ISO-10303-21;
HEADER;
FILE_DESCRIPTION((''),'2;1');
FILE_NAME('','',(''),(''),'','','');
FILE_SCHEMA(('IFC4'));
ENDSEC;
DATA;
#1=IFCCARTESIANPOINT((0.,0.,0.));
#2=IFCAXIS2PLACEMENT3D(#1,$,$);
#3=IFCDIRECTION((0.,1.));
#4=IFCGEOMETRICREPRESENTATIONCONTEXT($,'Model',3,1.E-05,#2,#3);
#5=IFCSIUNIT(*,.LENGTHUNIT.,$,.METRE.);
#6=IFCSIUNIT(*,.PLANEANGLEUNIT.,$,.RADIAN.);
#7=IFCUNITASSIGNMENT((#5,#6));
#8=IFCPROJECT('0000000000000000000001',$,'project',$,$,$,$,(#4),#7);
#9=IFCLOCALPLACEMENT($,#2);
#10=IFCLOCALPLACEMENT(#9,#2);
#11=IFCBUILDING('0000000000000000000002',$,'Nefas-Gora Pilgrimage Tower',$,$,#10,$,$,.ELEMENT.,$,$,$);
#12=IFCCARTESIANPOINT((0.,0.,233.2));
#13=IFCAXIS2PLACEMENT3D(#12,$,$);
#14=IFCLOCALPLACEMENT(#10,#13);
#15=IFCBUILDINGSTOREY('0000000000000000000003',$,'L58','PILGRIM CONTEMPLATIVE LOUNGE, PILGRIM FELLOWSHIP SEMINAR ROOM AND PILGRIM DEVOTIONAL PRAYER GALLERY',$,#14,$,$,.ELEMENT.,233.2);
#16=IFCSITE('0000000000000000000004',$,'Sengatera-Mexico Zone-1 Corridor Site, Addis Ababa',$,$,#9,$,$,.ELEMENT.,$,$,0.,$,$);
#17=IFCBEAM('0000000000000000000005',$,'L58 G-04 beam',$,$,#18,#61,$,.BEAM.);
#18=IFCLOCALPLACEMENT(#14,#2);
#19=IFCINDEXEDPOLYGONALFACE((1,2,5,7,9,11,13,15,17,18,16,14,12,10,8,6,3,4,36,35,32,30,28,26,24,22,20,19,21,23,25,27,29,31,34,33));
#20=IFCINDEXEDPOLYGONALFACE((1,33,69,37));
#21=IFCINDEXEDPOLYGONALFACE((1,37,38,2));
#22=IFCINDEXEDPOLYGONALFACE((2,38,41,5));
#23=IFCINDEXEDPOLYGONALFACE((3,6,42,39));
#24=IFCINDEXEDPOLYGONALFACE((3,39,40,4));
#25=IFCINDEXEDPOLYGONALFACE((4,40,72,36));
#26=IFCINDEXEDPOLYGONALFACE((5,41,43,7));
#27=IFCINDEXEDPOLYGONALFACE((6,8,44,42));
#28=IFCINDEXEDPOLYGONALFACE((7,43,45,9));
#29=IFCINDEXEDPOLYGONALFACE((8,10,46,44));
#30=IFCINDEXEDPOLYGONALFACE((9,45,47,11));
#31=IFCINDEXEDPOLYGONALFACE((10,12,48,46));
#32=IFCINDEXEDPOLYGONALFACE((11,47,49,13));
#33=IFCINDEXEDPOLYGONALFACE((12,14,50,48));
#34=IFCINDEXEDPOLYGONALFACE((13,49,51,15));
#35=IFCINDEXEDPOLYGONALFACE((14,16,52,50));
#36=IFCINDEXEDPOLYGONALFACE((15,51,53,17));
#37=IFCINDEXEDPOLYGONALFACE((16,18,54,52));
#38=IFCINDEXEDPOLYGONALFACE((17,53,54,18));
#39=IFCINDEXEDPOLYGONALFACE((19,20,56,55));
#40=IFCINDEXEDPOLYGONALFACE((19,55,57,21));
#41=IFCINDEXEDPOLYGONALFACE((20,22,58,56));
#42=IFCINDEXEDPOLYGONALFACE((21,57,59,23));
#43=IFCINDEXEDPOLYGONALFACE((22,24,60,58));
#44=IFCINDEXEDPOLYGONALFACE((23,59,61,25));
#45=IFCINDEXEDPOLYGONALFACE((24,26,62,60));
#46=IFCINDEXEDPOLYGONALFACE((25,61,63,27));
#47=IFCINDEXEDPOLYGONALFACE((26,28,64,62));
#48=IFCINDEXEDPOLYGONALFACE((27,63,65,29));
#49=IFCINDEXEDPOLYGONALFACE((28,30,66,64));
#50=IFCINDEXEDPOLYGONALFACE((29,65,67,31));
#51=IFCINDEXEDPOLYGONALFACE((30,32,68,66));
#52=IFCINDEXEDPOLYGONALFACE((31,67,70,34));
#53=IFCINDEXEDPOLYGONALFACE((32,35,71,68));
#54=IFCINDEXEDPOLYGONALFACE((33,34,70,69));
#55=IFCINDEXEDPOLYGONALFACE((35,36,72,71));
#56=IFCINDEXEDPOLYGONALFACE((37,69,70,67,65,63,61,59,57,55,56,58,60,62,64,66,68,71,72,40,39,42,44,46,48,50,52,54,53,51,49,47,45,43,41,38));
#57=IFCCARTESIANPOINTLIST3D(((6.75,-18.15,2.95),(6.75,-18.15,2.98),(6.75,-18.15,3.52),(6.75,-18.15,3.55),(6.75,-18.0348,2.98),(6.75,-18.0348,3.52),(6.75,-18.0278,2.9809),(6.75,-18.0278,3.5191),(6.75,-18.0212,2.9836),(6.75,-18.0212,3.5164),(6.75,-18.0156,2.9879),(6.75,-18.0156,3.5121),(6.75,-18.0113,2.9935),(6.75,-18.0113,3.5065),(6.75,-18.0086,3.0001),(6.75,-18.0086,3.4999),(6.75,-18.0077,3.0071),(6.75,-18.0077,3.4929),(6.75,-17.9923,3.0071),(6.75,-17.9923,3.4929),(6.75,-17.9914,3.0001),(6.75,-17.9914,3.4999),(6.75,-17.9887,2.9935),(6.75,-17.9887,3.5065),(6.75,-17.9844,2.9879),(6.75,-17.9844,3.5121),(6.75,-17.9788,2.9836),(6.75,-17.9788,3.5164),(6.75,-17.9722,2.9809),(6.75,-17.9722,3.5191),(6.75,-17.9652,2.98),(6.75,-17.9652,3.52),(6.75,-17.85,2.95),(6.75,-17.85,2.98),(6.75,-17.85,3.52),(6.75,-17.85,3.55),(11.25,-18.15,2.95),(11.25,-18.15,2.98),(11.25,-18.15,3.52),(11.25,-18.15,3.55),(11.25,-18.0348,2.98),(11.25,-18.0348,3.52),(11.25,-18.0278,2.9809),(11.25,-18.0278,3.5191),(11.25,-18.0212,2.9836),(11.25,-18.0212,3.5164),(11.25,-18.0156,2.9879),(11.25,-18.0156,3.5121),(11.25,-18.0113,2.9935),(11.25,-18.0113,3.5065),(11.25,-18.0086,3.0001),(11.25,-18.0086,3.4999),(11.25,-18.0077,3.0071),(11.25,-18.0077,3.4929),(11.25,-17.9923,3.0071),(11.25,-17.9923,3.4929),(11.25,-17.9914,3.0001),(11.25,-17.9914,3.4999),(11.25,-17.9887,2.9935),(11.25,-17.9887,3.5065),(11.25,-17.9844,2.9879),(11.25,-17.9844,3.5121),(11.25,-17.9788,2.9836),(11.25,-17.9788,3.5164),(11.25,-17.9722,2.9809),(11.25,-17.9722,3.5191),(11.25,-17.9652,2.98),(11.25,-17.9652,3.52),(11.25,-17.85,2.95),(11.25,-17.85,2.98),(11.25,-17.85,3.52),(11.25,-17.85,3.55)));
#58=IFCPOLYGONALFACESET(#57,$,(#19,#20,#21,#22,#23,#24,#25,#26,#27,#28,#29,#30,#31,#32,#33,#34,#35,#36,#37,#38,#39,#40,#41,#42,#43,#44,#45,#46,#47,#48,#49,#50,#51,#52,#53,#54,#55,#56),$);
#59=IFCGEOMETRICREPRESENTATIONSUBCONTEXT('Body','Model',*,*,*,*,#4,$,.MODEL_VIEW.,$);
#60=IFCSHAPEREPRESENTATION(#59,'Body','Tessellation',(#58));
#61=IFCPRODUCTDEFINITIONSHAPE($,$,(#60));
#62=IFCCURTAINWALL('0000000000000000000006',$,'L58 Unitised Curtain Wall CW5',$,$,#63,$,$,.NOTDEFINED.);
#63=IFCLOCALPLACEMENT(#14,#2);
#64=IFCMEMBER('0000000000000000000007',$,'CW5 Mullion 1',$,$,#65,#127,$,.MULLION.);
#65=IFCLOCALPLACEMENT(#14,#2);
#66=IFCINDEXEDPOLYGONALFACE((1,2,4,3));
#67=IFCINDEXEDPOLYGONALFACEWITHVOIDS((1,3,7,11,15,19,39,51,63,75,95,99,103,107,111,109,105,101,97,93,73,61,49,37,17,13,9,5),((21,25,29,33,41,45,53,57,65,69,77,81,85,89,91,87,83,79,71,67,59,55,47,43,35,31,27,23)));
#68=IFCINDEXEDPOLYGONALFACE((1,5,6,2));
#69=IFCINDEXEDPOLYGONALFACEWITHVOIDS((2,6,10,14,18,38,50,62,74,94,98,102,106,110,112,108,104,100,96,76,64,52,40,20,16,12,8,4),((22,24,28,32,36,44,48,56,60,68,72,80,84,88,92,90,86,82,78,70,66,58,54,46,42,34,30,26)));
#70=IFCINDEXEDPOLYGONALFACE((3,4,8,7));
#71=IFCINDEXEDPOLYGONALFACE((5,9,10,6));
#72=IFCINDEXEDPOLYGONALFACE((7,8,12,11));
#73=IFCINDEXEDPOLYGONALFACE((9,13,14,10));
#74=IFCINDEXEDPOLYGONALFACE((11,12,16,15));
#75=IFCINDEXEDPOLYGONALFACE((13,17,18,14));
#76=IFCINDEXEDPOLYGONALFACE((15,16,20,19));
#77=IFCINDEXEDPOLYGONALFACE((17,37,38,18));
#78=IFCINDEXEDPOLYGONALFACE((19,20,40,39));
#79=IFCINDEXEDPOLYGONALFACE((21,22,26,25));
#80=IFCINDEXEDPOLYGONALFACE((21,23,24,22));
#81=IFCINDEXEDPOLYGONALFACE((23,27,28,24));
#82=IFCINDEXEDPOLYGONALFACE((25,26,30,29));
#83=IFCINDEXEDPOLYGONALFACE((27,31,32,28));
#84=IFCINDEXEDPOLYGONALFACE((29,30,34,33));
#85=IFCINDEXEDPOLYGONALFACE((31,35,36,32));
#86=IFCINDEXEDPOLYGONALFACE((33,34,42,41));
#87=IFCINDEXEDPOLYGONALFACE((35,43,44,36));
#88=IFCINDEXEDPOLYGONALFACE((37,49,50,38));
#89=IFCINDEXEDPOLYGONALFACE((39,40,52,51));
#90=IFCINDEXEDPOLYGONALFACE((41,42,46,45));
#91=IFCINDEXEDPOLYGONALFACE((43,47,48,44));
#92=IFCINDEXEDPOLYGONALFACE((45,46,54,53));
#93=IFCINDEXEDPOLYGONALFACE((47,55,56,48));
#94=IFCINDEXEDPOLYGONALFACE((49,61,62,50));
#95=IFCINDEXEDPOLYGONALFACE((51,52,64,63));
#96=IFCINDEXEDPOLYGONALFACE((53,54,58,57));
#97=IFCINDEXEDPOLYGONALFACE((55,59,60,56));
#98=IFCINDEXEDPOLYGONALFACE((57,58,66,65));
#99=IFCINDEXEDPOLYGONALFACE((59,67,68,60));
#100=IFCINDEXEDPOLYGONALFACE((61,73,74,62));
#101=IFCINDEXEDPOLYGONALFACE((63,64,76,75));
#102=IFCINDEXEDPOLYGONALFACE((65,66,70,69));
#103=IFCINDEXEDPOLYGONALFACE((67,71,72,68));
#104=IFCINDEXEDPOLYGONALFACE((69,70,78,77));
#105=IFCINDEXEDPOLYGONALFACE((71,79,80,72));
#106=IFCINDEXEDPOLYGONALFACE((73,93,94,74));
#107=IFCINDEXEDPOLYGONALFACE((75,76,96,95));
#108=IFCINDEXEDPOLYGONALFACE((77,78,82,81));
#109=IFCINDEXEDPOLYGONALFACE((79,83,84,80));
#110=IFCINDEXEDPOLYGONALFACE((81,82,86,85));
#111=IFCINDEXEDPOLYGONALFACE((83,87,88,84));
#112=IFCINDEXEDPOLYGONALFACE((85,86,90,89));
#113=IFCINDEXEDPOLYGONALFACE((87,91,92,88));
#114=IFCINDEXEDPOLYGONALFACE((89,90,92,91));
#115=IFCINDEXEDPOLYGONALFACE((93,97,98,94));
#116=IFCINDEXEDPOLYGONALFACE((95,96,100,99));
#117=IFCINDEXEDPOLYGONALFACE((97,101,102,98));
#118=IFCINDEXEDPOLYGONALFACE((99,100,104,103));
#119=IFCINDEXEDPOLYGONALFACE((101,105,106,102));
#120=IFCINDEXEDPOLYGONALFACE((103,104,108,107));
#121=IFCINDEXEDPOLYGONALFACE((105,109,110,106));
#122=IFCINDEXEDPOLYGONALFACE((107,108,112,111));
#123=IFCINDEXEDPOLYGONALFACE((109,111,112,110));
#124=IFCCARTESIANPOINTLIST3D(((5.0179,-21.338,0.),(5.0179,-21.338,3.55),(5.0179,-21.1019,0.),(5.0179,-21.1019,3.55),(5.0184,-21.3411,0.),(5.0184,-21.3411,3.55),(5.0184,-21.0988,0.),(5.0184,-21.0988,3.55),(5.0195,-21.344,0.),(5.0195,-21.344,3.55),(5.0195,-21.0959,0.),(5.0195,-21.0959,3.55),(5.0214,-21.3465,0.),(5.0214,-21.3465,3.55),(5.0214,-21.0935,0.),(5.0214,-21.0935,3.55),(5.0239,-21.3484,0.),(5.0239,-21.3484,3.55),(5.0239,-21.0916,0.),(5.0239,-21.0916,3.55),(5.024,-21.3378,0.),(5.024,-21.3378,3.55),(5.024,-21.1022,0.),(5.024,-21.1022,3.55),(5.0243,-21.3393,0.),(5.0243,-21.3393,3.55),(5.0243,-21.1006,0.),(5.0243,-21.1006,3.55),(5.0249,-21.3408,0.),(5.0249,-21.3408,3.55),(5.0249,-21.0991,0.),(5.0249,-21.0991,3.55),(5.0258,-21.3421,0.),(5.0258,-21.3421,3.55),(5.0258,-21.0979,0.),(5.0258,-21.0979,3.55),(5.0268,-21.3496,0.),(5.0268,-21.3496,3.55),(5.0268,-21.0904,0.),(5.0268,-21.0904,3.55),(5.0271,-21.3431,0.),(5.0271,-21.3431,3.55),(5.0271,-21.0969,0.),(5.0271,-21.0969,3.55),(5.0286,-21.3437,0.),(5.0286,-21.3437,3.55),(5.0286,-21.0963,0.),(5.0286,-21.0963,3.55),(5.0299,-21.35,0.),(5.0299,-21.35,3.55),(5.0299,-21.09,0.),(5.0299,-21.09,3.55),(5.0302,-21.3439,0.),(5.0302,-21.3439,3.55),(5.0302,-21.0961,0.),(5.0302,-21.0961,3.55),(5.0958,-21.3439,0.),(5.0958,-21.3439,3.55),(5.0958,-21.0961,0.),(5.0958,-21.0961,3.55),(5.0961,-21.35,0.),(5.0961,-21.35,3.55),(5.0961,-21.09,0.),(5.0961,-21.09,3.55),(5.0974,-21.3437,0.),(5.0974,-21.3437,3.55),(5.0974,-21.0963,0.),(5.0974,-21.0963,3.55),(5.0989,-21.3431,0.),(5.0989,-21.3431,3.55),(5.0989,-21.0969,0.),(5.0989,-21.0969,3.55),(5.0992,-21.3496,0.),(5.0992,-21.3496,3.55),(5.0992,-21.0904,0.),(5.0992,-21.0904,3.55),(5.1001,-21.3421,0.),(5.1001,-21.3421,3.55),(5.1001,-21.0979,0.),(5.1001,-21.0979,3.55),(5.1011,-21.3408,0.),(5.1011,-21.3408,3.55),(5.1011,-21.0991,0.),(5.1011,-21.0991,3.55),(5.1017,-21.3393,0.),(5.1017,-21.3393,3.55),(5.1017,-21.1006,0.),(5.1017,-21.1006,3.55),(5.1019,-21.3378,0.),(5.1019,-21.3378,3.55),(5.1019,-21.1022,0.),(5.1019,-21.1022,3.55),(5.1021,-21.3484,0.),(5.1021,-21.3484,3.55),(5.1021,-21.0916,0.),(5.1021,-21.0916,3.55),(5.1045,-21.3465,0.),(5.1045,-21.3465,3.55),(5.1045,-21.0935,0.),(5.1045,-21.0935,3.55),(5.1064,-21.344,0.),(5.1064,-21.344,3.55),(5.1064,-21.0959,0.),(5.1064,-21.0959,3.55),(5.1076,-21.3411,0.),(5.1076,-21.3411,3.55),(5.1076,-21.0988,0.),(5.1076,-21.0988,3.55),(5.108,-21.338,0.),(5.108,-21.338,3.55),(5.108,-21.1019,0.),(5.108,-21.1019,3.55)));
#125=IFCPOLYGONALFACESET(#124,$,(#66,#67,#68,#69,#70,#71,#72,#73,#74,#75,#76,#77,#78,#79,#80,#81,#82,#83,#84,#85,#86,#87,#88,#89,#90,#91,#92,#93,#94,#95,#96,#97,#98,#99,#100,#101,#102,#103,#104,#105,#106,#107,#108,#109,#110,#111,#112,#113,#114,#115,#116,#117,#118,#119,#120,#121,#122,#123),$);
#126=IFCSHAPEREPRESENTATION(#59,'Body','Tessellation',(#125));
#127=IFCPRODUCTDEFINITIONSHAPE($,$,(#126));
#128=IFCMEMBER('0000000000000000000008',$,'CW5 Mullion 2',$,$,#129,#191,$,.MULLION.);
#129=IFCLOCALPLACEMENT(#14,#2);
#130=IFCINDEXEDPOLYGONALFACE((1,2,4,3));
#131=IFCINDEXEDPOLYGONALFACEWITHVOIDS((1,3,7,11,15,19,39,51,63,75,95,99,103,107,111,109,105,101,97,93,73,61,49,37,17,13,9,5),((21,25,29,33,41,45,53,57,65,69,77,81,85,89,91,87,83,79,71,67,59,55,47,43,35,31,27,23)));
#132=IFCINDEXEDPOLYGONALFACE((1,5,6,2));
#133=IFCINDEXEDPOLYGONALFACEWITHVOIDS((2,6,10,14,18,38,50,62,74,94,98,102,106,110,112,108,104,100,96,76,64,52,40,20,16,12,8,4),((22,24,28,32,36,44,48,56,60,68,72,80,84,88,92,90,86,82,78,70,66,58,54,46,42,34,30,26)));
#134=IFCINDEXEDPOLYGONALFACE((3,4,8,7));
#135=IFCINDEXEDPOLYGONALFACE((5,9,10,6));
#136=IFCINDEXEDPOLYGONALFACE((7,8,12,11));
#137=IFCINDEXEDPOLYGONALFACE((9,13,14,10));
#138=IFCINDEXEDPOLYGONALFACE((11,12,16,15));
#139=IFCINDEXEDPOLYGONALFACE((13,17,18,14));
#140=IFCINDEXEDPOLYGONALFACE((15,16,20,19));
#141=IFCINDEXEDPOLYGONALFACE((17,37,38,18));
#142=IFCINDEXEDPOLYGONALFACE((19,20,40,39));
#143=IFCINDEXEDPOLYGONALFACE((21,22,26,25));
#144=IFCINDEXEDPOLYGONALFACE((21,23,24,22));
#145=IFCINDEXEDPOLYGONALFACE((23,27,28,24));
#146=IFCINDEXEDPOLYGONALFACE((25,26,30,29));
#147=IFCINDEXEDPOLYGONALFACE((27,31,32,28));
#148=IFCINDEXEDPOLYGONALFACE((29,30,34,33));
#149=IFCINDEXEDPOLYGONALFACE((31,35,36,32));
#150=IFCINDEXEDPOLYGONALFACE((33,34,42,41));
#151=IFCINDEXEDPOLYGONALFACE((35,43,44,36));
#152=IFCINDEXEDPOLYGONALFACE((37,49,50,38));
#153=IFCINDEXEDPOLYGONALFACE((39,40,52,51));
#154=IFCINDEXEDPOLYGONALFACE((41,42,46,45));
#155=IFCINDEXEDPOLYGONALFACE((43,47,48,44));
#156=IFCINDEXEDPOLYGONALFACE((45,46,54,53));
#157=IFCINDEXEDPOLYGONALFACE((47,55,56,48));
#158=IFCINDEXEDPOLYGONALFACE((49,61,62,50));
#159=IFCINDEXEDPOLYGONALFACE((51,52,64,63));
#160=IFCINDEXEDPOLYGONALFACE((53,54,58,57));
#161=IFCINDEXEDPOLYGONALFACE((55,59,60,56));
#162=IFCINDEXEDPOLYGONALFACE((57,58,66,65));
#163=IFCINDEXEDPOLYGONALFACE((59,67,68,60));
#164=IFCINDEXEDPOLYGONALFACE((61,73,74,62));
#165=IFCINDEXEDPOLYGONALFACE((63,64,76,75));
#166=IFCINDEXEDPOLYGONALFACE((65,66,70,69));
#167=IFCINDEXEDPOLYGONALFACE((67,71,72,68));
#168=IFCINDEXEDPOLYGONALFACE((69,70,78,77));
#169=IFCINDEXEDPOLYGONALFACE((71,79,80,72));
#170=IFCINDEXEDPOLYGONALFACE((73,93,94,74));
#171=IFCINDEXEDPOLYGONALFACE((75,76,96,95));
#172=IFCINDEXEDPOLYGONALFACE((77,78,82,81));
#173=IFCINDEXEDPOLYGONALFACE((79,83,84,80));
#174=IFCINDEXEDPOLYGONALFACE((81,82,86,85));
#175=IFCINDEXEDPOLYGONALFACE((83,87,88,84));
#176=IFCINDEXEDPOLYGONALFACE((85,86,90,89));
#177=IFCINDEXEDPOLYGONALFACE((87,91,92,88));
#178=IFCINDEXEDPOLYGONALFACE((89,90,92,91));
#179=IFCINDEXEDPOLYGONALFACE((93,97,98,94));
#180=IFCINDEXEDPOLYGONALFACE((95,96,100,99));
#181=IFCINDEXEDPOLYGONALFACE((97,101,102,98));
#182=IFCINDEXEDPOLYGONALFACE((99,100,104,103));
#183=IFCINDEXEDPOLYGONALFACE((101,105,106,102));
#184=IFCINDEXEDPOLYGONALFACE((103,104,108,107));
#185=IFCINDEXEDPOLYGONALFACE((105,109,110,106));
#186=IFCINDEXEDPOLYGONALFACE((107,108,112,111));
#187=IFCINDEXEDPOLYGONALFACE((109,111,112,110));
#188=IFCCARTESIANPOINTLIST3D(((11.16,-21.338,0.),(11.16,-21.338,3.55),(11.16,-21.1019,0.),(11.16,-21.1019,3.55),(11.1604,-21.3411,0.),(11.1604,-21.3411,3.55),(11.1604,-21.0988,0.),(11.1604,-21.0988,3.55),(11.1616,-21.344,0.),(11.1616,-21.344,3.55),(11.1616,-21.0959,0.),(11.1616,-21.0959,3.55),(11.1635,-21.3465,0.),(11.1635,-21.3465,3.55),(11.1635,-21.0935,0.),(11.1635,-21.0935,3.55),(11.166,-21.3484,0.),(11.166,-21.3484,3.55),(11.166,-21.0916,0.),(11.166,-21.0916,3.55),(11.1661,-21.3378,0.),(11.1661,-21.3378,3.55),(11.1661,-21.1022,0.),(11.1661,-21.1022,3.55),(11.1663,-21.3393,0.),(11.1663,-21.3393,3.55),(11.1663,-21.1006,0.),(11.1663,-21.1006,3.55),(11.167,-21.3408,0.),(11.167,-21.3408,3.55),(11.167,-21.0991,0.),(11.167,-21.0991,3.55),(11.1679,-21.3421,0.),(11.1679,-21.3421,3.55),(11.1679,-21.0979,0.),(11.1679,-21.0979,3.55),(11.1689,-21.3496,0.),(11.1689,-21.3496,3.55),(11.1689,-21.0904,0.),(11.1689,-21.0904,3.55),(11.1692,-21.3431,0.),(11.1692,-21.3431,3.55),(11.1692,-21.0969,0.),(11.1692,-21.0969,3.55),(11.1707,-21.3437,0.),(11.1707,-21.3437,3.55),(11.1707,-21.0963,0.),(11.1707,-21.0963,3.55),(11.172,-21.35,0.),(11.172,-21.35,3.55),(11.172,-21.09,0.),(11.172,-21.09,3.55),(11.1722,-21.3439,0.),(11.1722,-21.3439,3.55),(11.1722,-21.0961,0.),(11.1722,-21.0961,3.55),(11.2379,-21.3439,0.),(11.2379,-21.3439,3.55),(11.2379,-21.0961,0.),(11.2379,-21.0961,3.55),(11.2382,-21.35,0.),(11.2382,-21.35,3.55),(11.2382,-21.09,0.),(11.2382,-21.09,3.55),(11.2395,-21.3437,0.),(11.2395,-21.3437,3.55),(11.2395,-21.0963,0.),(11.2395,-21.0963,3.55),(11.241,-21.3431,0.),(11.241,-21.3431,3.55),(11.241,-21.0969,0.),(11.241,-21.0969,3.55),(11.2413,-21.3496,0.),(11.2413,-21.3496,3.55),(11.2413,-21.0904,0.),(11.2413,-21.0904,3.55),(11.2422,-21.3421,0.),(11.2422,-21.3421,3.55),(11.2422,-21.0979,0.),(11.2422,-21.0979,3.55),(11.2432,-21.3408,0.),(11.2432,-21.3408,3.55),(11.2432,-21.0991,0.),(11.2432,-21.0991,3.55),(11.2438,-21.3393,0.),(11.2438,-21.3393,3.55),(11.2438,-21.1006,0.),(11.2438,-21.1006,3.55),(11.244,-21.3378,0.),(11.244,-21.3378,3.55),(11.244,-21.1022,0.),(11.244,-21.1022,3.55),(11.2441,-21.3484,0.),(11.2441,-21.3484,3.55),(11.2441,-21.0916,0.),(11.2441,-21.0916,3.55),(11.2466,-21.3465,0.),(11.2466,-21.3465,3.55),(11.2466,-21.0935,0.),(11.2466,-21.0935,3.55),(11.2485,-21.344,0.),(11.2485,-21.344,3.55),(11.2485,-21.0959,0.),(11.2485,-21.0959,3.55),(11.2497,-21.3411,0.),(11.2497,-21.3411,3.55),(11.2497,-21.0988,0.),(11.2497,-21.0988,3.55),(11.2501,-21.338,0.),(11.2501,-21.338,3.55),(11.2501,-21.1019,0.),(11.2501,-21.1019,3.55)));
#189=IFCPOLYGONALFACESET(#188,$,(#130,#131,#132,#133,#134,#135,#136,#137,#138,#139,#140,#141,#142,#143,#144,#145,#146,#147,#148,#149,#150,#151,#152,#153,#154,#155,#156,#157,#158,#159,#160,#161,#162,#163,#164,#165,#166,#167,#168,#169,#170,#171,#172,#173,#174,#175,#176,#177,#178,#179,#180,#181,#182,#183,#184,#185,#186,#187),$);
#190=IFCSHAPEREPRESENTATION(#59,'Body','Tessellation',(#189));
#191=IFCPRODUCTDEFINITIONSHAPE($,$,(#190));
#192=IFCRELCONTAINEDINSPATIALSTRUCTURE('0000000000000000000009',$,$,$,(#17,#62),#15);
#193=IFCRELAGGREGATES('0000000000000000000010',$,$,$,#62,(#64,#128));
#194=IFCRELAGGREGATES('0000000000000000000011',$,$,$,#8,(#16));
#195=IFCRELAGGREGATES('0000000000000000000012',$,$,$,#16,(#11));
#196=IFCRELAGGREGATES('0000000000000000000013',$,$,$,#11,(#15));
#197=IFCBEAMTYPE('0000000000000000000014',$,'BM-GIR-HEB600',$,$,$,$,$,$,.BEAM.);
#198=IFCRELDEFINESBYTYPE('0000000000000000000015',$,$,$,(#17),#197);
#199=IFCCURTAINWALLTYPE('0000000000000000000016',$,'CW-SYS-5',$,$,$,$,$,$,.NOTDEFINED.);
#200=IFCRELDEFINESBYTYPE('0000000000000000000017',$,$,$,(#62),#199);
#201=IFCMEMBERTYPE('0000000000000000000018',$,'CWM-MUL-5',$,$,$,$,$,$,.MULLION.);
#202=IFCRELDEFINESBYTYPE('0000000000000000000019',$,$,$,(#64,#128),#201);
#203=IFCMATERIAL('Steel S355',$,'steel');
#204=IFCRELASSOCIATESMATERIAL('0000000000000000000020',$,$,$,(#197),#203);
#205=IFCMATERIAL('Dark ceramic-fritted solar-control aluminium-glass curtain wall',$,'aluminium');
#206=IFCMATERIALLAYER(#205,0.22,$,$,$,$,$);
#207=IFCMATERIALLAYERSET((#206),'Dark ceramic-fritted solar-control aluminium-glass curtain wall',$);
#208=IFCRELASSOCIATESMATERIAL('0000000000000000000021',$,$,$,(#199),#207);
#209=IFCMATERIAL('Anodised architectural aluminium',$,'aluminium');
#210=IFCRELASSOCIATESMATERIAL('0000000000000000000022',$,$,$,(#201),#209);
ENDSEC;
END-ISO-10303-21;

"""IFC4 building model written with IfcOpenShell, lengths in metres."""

from ifc_helpers import new_model, si_unit, direction, frame, origin, origin_2d, place, context, subcontext, project, spatial, hollow_rectangle, i_section, extrude, source, transform, mapped, material, layer, layer_set, material_profile, profile_set, type_object, element, aggregate, save


model = new_model("IFC4")

# Units and contexts
model_context = context("Model", 3, precision=1e-05, world=origin(), true_north=direction((0.0, 1.0)))
body_context = subcontext(model_context, "Body", "Model", "MODEL_VIEW")
ifc_project = project(units=[si_unit("LENGTHUNIT", "METRE"), si_unit("PLANEANGLEUNIT", "RADIAN")], contexts=[model_context])

# Site, building, storey
site_placement = place(None, origin())
site = spatial("IfcSite", under=ifc_project, at=site_placement, Name="Sengatera-Mexico Zone-1 Corridor Site, Addis Ababa", CompositionType="ELEMENT", RefElevation=0.0)
building_placement = place(site_placement, origin())
building = spatial("IfcBuilding", under=site, at=building_placement, Name="Nefas-Gora Pilgrimage Tower", CompositionType="ELEMENT")
storey_placement = place(building_placement, frame((0.0, 0.0, 233.2)))
storey = spatial("IfcBuildingStorey", under=building, at=storey_placement, Name="L58", Description="PILGRIM CONTEMPLATIVE LOUNGE, PILGRIM FELLOWSHIP SEMINAR ROOM AND PILGRIM DEVOTIONAL PRAYER GALLERY", CompositionType="ELEMENT", Elevation=233.2)

# Beam
ifc_material_1 = material(Name="Steel S355", Category="steel")
ifc_material_profile_1 = material_profile(ifc_material_1, i_section(OverallWidth=0.3, OverallDepth=0.6001, WebThickness=0.0154, FlangeThickness=0.03, FilletRadius=0.0271, at=origin_2d()), Name="HEB 600")
ifc_profile_set_1 = profile_set([ifc_material_profile_1], Name="Steel S355")
beam_type = type_object("IfcBeamType", Name="BM-GIR-HEB600", PredefinedType="BEAM", material=ifc_profile_set_1)
shared_shape_1 = source(origin(), body_context, "Body", "SweptSolid", [
    extrude(i_section(OverallWidth=0.3, OverallDepth=0.6001, WebThickness=0.0154, FlangeThickness=0.03, FilletRadius=0.0271, at=origin_2d()), origin(), (0.0, 0.0, 1.0), 4.5),
])
for number, where, z_axis, x_axis, name in (
    (1, (6.75, -18.0, 3.25), (1.0, 0.0, 0.0), (0.0, 1.0, 0.0), "L58 G-04 beam"),
):
    element("IfcBeam", number, at=place(storey_placement, frame(where, z_axis=z_axis, x_axis=x_axis)), inside=storey, type_object=beam_type, Name=name, PredefinedType="BEAM", context=body_context, shape_type="MappedRepresentation", body=[
        mapped(shared_shape_1, transform((0.0, 0.0, 0.0), x_axis=(1.0, 0.0, 0.0), y_axis=(0.0, 1.0, 0.0), z_axis=(0.0, 0.0, 1.0), scale=1.0)),
    ])

# Curtain wall, members
ifc_material_2 = material(Name="Dark ceramic-fritted solar-control aluminium-glass curtain wall", Category="aluminium")
ifc_layer_1 = layer(ifc_material_2, 0.22)
ifc_layer_set_1 = layer_set([ifc_layer_1], Name="Dark ceramic-fritted solar-control aluminium-glass curtain wall")
curtain_wall_type = type_object("IfcCurtainWallType", Name="CW-SYS-5", PredefinedType="NOTDEFINED", material=ifc_layer_set_1)
curtain_wall_1_placement = place(storey_placement, origin())
curtain_wall_1 = element("IfcCurtainWall", 2, at=curtain_wall_1_placement, inside=storey, type_object=curtain_wall_type, Name="L58 Unitised Curtain Wall CW5", PredefinedType="NOTDEFINED")
ifc_material_3 = material(Name="Anodised architectural aluminium", Category="aluminium")
ifc_material_profile_2 = material_profile(ifc_material_3, hollow_rectangle(XDim=0.0901, YDim=0.26, WallThickness=0.0061, InnerFilletRadius=0.0061, OuterFilletRadius=0.012, at=origin_2d()), Name="ALU MULLION 90x260")
ifc_profile_set_2 = profile_set([ifc_material_profile_2], Name="Anodised architectural aluminium")
member_type_1 = type_object("IfcMemberType", Name="CWM-MUL-5", PredefinedType="MULLION", material=ifc_profile_set_2)
shared_shape_2 = source(origin(), body_context, "Body", "SweptSolid", [
    extrude(hollow_rectangle(XDim=0.0901, YDim=0.26, WallThickness=0.0061, InnerFilletRadius=0.0061, OuterFilletRadius=0.012, at=origin_2d()), origin(), (0.0, 0.0, 1.0), 3.55),
])
member_1_placement = place(storey_placement, frame((5.063, -21.22, 0.0), z_axis=(0.0, 0.0, 1.0), x_axis=(1.0, 0.0, 0.0)))
member_1 = element("IfcMember", 3, at=member_1_placement, type_object=member_type_1, Name="CW5 Mullion 1", PredefinedType="MULLION", context=body_context, shape_type="MappedRepresentation", body=[
    mapped(shared_shape_2, transform((0.0, 0.0, 0.0), x_axis=(1.0, 0.0, 0.0), y_axis=(0.0, 1.0, 0.0), z_axis=(0.0, 0.0, 1.0), scale=1.0)),
])
member_2_placement = place(storey_placement, frame((11.2051, -21.22, 0.0), z_axis=(0.0, 0.0, 1.0), x_axis=(1.0, 0.0, 0.0)))
member_2 = element("IfcMember", 4, at=member_2_placement, type_object=member_type_1, Name="CW5 Mullion 2", PredefinedType="MULLION", context=body_context, shape_type="MappedRepresentation", body=[
    mapped(shared_shape_2, transform((0.0, 0.0, 0.0), x_axis=(1.0, 0.0, 0.0), y_axis=(0.0, 1.0, 0.0), z_axis=(0.0, 0.0, 1.0), scale=1.0)),
])

aggregate(curtain_wall_1, [member_1, member_2])

save(model, "model.ifc")
